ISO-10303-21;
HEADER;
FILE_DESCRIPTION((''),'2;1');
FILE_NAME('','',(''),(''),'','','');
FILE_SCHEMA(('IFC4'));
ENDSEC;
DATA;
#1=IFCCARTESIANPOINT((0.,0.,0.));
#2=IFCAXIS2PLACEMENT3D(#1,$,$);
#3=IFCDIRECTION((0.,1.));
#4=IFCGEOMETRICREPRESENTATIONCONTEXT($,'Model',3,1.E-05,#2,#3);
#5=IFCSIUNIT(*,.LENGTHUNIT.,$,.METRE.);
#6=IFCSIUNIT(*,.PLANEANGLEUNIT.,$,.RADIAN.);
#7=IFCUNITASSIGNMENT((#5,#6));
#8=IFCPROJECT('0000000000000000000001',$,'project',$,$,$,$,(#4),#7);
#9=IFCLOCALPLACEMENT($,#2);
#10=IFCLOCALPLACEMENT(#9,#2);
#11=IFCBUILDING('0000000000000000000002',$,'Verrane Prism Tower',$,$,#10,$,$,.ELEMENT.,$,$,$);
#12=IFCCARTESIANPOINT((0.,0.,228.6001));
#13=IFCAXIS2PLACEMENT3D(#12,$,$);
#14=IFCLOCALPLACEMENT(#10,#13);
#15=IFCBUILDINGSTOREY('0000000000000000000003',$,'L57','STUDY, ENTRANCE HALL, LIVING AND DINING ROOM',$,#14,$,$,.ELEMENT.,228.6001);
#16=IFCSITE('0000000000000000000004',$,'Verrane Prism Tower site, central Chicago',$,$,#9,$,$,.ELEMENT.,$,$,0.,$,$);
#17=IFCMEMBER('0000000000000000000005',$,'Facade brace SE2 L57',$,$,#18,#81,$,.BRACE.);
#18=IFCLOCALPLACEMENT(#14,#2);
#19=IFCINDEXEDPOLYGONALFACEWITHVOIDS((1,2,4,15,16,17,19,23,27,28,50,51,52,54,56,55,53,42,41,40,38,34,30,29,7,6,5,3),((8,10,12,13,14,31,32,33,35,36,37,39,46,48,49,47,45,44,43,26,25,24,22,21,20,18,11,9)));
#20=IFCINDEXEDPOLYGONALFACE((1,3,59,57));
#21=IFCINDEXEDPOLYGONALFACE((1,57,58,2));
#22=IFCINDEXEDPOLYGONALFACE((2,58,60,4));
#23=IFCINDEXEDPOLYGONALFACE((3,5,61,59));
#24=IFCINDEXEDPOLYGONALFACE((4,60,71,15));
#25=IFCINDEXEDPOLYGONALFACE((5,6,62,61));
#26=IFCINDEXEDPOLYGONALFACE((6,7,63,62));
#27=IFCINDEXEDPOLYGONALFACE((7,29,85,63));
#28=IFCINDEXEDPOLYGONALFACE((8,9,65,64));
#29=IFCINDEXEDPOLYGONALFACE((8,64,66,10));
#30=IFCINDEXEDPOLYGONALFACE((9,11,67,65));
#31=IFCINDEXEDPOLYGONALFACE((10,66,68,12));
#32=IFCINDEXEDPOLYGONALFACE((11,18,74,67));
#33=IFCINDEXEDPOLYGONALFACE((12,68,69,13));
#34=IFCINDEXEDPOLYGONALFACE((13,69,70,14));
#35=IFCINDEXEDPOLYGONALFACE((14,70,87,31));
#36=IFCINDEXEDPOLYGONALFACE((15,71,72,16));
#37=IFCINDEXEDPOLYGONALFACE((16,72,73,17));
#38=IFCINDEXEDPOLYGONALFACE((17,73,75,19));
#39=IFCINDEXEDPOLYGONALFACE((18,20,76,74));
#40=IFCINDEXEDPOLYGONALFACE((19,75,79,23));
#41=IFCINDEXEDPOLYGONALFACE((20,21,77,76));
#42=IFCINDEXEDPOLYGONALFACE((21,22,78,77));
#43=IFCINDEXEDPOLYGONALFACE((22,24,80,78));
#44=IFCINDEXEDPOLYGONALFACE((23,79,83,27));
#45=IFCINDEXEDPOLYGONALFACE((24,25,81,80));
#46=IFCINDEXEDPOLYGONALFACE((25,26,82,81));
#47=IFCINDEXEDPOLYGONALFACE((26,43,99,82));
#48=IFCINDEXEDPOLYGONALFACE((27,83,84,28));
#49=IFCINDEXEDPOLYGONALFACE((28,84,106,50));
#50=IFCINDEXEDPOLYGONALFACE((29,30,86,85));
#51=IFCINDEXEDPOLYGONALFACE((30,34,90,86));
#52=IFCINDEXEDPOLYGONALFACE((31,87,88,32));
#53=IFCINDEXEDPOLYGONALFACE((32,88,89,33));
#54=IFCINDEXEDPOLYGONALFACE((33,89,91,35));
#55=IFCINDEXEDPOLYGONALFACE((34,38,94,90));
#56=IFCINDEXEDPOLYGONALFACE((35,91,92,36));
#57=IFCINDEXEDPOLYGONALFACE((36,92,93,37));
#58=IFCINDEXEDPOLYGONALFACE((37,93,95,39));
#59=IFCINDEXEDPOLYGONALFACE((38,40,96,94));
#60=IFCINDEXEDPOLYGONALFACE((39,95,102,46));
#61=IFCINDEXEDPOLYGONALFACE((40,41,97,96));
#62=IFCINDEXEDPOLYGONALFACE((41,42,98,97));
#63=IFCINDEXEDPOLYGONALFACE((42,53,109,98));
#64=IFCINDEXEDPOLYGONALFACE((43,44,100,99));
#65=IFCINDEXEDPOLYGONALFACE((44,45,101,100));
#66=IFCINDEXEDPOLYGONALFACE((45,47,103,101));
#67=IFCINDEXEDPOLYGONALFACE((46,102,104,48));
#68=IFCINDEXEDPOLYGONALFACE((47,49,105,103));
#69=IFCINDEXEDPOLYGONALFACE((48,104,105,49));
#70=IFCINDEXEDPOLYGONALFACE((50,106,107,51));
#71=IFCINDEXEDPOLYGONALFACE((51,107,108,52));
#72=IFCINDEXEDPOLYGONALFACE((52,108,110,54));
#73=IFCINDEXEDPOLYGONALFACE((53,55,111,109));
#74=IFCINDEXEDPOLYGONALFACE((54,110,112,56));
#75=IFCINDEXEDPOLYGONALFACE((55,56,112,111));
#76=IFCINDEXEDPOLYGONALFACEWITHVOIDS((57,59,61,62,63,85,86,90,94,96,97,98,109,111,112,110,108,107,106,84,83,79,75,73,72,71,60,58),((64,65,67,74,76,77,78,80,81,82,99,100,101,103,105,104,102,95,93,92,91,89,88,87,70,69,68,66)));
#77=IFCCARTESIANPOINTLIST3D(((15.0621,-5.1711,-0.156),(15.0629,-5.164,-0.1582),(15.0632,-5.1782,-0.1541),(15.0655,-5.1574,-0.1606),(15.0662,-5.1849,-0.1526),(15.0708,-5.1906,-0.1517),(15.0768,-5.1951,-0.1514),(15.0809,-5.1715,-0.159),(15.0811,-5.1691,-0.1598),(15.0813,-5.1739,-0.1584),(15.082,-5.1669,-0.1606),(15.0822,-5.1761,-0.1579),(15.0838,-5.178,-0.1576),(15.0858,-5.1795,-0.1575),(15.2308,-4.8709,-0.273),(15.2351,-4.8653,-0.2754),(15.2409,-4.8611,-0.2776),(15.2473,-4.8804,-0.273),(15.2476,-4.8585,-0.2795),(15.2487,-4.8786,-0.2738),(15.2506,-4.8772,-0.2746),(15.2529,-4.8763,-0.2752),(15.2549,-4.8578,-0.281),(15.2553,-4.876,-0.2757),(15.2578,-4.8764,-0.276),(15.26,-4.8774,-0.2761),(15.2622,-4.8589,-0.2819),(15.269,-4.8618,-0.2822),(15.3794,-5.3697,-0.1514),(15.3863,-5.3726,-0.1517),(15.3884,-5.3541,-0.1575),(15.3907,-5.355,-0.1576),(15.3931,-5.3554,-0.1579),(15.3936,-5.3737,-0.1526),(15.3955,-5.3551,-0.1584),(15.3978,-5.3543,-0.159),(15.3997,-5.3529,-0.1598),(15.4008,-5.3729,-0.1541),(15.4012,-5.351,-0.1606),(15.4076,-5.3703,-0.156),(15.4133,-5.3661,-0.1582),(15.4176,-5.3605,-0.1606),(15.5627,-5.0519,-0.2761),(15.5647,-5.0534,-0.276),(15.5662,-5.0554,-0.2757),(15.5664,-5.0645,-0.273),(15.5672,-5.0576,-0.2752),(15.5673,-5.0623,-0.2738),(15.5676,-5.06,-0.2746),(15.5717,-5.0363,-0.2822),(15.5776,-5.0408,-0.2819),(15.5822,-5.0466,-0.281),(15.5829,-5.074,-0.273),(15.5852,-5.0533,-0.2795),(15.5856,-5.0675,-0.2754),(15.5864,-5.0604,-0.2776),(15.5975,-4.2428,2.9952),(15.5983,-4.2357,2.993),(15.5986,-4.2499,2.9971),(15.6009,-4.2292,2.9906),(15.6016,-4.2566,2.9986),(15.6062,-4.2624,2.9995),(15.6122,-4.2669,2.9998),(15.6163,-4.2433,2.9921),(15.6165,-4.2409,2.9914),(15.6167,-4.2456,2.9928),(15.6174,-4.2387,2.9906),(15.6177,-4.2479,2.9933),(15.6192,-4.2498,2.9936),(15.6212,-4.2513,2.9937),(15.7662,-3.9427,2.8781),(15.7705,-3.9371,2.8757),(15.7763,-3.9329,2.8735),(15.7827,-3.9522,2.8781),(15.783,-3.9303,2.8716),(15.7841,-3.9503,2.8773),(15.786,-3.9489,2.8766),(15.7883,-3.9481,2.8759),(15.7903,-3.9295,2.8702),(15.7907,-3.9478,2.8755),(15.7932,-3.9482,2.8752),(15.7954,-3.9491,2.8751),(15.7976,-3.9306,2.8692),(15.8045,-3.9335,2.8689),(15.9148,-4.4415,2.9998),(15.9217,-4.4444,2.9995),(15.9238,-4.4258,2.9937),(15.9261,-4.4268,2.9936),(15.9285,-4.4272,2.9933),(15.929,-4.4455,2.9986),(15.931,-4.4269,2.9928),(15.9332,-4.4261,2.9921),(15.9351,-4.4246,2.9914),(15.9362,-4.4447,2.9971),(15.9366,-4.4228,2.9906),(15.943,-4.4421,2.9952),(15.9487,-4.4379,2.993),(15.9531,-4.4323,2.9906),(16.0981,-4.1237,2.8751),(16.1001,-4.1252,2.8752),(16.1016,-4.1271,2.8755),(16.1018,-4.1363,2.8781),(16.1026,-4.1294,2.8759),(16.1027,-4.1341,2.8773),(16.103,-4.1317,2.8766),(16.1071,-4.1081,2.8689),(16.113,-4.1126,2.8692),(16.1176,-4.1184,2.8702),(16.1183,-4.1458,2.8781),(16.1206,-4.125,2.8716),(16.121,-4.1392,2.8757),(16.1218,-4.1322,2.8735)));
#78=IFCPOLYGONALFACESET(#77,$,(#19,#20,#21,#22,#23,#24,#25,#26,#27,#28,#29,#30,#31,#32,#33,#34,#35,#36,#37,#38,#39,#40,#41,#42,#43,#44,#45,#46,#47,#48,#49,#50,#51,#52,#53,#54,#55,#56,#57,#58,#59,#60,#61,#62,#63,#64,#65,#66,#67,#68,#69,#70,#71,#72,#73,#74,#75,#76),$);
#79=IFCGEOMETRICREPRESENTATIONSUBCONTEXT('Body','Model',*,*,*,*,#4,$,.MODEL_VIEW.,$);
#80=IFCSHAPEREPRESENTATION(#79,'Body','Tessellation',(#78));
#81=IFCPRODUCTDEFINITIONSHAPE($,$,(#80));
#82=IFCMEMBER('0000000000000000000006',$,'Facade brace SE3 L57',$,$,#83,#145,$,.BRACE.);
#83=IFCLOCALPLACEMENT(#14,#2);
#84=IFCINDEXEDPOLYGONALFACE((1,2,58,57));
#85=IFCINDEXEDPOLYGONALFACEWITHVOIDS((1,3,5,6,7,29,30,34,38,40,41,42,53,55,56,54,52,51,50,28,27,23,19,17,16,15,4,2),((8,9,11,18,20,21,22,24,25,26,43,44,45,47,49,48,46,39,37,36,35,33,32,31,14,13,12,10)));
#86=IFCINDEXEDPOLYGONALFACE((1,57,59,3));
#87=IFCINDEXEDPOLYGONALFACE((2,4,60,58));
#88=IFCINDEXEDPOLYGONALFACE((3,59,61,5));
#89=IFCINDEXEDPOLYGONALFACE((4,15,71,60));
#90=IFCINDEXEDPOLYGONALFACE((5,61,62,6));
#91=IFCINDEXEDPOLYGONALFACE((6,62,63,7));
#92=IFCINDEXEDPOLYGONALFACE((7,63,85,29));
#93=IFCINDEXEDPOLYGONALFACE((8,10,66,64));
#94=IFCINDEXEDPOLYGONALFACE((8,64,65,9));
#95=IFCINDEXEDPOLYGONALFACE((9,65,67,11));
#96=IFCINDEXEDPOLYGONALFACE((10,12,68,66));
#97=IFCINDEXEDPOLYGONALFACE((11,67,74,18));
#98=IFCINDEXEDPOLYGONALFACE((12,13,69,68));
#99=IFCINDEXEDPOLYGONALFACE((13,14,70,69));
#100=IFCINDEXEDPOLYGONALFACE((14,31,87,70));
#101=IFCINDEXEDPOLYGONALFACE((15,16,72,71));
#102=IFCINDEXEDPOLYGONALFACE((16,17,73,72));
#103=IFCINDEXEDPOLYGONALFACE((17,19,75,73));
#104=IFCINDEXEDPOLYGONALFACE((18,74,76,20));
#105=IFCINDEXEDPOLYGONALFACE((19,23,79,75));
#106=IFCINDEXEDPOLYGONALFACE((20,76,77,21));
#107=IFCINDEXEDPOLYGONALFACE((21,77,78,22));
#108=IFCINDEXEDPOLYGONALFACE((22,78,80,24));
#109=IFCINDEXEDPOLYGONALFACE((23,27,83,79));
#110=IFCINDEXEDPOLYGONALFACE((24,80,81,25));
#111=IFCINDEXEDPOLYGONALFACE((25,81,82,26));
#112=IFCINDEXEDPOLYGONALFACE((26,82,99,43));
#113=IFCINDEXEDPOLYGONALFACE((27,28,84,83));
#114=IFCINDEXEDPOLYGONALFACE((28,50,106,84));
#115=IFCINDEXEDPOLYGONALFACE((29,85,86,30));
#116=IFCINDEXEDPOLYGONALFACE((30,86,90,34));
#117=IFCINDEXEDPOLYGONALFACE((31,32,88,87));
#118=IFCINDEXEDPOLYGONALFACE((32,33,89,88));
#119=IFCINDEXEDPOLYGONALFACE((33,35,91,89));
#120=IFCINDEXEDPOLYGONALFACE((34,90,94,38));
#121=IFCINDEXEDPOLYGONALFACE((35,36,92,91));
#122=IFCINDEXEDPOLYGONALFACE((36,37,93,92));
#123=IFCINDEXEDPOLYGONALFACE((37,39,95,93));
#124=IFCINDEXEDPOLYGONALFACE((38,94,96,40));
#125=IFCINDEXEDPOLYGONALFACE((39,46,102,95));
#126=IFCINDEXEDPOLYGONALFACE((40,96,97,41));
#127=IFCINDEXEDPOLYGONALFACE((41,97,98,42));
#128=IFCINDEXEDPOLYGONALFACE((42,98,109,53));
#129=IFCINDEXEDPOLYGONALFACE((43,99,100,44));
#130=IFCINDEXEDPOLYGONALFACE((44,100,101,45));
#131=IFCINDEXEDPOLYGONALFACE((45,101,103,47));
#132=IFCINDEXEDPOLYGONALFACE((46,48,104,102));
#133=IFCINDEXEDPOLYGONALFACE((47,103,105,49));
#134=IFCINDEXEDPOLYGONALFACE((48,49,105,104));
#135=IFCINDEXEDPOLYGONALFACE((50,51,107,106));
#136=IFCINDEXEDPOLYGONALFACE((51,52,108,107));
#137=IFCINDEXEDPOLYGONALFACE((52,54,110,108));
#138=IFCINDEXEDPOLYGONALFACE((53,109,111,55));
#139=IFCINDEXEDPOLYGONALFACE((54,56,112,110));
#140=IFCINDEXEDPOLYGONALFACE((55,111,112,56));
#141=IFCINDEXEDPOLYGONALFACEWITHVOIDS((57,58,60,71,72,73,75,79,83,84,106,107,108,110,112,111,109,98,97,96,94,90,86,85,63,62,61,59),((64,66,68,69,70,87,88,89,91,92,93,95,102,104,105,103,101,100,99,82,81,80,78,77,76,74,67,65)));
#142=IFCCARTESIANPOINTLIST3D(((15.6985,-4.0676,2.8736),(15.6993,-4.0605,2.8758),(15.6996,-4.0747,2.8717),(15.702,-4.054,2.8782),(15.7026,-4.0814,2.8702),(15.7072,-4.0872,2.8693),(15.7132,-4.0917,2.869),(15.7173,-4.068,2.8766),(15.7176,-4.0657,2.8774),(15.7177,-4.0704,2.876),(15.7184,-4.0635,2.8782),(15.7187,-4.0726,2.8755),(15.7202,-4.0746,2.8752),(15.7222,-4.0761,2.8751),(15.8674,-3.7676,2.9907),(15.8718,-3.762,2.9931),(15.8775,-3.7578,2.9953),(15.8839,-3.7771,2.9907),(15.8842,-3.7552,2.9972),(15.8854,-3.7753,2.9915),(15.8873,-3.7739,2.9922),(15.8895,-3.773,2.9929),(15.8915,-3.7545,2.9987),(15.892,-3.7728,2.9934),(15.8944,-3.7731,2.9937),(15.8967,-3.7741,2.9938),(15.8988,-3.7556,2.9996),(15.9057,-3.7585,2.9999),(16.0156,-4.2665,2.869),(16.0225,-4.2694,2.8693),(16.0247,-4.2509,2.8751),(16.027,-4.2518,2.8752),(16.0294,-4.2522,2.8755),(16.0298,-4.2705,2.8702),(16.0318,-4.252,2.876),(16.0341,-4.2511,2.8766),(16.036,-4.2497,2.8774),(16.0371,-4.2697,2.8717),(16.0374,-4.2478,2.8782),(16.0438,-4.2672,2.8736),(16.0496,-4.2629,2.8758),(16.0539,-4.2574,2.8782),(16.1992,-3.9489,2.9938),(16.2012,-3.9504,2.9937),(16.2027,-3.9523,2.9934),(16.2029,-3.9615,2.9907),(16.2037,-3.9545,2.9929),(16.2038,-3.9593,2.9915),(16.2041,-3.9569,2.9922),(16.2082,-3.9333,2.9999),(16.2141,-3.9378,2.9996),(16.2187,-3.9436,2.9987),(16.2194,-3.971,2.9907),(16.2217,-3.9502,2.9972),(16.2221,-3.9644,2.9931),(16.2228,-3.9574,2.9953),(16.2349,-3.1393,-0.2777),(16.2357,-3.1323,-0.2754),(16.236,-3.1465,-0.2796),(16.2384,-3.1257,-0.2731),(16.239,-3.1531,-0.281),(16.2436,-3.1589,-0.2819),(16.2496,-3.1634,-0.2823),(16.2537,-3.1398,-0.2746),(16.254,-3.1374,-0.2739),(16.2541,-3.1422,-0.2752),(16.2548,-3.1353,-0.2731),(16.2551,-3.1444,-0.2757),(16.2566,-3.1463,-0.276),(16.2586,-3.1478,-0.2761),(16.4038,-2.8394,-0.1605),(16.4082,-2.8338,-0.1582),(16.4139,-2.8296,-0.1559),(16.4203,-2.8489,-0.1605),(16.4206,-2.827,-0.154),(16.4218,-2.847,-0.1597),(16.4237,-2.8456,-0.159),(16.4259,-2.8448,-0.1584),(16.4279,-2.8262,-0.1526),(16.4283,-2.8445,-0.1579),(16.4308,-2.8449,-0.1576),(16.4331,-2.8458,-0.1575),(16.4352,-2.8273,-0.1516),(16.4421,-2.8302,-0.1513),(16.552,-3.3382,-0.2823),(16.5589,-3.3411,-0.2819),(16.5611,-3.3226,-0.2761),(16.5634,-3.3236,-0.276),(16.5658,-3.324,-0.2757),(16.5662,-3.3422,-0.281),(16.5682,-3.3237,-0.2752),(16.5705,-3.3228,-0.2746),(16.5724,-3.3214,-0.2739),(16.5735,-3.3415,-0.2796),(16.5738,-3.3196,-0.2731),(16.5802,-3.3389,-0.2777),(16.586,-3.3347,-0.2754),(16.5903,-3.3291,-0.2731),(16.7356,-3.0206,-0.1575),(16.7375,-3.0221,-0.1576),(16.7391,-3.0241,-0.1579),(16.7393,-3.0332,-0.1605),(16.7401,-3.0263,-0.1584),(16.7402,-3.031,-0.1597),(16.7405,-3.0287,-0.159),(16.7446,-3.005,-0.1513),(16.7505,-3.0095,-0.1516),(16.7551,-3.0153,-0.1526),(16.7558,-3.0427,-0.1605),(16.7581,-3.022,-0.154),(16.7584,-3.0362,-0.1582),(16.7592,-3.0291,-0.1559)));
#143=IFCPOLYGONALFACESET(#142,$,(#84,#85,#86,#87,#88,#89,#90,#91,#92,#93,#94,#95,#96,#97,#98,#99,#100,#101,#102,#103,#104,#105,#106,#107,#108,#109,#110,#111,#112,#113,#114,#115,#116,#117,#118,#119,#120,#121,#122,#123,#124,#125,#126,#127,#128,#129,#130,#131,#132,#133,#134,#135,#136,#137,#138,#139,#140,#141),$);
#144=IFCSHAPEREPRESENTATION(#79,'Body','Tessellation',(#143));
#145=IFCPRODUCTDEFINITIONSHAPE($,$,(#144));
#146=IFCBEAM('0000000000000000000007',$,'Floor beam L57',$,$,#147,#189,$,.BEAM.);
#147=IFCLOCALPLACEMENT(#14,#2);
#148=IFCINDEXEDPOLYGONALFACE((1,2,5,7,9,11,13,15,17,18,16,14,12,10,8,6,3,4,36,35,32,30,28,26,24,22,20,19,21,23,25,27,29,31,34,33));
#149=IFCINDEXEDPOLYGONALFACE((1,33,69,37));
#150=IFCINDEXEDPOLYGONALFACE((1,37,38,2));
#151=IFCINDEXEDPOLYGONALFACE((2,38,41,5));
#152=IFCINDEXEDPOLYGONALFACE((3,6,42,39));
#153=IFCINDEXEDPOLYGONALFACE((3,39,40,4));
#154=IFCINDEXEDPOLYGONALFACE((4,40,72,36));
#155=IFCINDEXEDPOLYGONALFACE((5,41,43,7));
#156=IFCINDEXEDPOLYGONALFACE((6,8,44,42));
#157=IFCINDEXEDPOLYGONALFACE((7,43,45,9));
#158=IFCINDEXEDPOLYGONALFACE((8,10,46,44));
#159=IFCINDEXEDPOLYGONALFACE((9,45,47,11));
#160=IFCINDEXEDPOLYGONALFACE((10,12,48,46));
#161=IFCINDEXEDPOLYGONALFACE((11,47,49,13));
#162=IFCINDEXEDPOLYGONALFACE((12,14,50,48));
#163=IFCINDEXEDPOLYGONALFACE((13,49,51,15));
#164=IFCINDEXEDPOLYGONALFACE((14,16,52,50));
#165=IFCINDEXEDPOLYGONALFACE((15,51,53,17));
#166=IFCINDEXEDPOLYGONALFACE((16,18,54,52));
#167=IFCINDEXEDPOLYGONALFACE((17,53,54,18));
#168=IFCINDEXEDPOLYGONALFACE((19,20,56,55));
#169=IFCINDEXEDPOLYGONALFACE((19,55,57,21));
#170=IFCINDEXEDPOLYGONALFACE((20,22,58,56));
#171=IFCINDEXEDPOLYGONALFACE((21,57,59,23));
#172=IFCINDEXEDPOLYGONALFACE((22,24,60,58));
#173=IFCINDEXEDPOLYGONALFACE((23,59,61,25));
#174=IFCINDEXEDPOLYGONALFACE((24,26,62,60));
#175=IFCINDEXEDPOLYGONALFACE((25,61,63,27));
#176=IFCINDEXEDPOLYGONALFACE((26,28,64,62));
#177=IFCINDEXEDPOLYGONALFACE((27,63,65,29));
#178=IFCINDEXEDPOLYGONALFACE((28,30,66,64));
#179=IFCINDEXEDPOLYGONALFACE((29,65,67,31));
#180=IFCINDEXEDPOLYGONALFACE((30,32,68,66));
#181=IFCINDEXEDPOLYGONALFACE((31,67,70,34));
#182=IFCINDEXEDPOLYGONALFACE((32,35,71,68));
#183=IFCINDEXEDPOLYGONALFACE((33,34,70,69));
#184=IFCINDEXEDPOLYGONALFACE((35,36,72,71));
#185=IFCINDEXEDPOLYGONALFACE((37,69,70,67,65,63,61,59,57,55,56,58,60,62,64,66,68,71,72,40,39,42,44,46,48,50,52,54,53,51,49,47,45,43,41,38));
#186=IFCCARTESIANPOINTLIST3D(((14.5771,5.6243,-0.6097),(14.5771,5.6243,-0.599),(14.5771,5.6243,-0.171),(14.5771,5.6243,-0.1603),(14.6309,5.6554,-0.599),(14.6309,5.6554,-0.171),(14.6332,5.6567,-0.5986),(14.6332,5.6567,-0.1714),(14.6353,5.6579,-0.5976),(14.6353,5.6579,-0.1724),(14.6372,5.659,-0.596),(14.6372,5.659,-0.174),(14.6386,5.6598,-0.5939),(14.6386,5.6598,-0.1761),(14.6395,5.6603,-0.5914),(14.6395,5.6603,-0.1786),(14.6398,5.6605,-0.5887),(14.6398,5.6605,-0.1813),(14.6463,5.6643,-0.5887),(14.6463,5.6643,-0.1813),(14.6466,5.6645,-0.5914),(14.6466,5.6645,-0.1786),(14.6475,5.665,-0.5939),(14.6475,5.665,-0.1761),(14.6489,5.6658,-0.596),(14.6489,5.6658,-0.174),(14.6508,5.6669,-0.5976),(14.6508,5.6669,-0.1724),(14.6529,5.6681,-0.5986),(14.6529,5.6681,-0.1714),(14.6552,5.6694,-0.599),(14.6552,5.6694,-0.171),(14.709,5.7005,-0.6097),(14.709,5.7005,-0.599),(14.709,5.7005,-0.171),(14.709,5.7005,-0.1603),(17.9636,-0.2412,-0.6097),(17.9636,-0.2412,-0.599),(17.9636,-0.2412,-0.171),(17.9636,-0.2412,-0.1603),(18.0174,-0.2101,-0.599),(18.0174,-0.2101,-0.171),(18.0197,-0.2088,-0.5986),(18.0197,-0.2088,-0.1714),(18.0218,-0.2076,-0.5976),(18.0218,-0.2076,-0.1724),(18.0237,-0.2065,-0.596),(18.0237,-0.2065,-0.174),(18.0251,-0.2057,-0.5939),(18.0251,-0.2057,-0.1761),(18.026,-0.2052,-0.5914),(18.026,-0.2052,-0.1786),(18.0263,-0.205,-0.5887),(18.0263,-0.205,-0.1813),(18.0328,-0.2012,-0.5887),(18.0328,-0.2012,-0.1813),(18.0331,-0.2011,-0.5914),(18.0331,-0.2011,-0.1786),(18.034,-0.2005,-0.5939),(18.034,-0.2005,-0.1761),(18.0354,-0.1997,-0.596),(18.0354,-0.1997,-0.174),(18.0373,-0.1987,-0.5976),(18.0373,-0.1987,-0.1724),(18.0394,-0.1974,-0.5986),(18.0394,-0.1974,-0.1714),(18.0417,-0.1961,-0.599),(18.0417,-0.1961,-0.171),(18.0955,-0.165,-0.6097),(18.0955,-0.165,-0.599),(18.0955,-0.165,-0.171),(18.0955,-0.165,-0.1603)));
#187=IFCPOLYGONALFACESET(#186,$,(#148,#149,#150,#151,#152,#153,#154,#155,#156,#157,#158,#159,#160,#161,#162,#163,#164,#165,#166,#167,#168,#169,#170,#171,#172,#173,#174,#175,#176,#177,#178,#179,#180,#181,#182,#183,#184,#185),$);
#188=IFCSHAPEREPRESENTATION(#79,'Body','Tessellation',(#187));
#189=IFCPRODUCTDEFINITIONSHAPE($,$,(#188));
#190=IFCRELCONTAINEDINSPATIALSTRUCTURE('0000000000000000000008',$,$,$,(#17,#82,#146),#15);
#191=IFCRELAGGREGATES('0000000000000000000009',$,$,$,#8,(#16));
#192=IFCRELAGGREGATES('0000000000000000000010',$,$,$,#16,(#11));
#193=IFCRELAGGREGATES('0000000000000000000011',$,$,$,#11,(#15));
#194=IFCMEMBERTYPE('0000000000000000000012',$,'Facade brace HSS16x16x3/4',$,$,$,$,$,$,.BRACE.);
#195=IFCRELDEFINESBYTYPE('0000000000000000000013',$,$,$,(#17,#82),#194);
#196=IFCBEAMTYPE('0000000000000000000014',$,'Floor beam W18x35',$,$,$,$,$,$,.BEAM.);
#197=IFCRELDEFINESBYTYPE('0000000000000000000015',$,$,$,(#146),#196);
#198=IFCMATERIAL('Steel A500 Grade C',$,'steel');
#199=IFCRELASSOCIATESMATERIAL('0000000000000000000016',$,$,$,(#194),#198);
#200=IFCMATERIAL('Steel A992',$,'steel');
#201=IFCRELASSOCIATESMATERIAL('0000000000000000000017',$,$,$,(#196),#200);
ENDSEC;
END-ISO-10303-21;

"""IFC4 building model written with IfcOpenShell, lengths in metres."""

from ifc_helpers import new_model, si_unit, direction, frame, origin, origin_2d, place, context, subcontext, project, spatial, hollow_rectangle, i_section, extrude, material, material_profile, profile_set, type_object, element, save


model = new_model("IFC4")

# Units and contexts
model_context = context("Model", 3, precision=1e-05, world=origin(), true_north=direction((0.0, 1.0)))
body_context = subcontext(model_context, "Body", "Model", "MODEL_VIEW")
ifc_project = project(units=[si_unit("LENGTHUNIT", "METRE"), si_unit("PLANEANGLEUNIT", "RADIAN")], contexts=[model_context])

# Site, building, storey
site_placement = place(None, origin())
site = spatial("IfcSite", under=ifc_project, at=site_placement, Name="Verrane Prism Tower site, central Chicago", CompositionType="ELEMENT", RefElevation=0.0)
building_placement = place(site_placement, origin())
building = spatial("IfcBuilding", under=site, at=building_placement, Name="Verrane Prism Tower", CompositionType="ELEMENT")
storey_placement = place(building_placement, frame((0.0, 0.0, 228.6001)))
storey = spatial("IfcBuildingStorey", under=building, at=storey_placement, Name="L57", Description="STUDY, ENTRANCE HALL, LIVING AND DINING ROOM", CompositionType="ELEMENT", Elevation=228.6001)

# Members
ifc_material_1 = material(Name="Steel A500 Grade C", Category="steel")
ifc_material_profile_1 = material_profile(ifc_material_1, hollow_rectangle(XDim=0.4065, YDim=0.4065, WallThickness=0.019, InnerFilletRadius=0.0095, OuterFilletRadius=0.0286, at=origin_2d()), Name="HSS16x16x3/4")
ifc_profile_set_1 = profile_set([ifc_material_profile_1], Name="Steel A500 Grade C")
member_type_1 = type_object("IfcMemberType", Name="Facade brace HSS16x16x3/4", PredefinedType="BRACE", material=ifc_profile_set_1)
member_1_placement = place(storey_placement, frame((15.3242, -5.1157, -0.2168), z_axis=(0.160861, 0.278885, 0.946756), x_axis=(-0.866231, 0.499644, 0.0)))
element("IfcMember", 1, at=member_1_placement, inside=storey, type_object=member_type_1, Name="Facade brace SE2 L57", PredefinedType="BRACE", context=body_context, shape_type="SweptSolid", body=[
    extrude(hollow_rectangle(XDim=0.4065, YDim=0.4065, WallThickness=0.019, InnerFilletRadius=0.0095, OuterFilletRadius=0.0286, at=origin_2d()), origin(), (0.0, 0.0, 1.0), 3.3284),
])
member_2_placement = place(storey_placement, frame((16.4971, -3.0842, -0.2168), z_axis=(-0.161147, -0.278872, 0.946711), x_axis=(0.865837, -0.500327, 0.0)))
element("IfcMember", 2, at=member_2_placement, inside=storey, type_object=member_type_1, Name="Facade brace SE3 L57", PredefinedType="BRACE", context=body_context, shape_type="SweptSolid", body=[
    extrude(hollow_rectangle(XDim=0.4065, YDim=0.4065, WallThickness=0.019, InnerFilletRadius=0.0095, OuterFilletRadius=0.0286, at=origin_2d()), origin(), (0.0, 0.0, 1.0), 3.3286),
])

# Beam
ifc_material_2 = material(Name="Steel A992", Category="steel")
ifc_material_profile_2 = material_profile(ifc_material_2, i_section(OverallWidth=0.1523, OverallDepth=0.4495, WebThickness=0.0076, FlangeThickness=0.0107, FilletRadius=0.0103, at=origin_2d()), Name="W18x35")
ifc_profile_set_2 = profile_set([ifc_material_profile_2], Name="Steel A992")
beam_type_1 = type_object("IfcBeamType", Name="Floor beam W18x35", PredefinedType="BEAM", material=ifc_profile_set_2)
beam_1_placement = place(storey_placement, frame((18.0295, -0.2031, -0.385), z_axis=(-0.500004, 0.866023, 0.0), x_axis=(-0.866023, -0.500004, 0.0)))
element("IfcBeam", 3, at=beam_1_placement, inside=storey, type_object=beam_type_1, Name="Floor beam L57", PredefinedType="BEAM", context=body_context, shape_type="SweptSolid", body=[
    extrude(i_section(OverallWidth=0.1523, OverallDepth=0.4495, WebThickness=0.0076, FlangeThickness=0.0107, FilletRadius=0.0103, at=origin_2d()), origin(), (0.0, 0.0, 1.0), 6.7729),
])

save(model, "model.ifc")
